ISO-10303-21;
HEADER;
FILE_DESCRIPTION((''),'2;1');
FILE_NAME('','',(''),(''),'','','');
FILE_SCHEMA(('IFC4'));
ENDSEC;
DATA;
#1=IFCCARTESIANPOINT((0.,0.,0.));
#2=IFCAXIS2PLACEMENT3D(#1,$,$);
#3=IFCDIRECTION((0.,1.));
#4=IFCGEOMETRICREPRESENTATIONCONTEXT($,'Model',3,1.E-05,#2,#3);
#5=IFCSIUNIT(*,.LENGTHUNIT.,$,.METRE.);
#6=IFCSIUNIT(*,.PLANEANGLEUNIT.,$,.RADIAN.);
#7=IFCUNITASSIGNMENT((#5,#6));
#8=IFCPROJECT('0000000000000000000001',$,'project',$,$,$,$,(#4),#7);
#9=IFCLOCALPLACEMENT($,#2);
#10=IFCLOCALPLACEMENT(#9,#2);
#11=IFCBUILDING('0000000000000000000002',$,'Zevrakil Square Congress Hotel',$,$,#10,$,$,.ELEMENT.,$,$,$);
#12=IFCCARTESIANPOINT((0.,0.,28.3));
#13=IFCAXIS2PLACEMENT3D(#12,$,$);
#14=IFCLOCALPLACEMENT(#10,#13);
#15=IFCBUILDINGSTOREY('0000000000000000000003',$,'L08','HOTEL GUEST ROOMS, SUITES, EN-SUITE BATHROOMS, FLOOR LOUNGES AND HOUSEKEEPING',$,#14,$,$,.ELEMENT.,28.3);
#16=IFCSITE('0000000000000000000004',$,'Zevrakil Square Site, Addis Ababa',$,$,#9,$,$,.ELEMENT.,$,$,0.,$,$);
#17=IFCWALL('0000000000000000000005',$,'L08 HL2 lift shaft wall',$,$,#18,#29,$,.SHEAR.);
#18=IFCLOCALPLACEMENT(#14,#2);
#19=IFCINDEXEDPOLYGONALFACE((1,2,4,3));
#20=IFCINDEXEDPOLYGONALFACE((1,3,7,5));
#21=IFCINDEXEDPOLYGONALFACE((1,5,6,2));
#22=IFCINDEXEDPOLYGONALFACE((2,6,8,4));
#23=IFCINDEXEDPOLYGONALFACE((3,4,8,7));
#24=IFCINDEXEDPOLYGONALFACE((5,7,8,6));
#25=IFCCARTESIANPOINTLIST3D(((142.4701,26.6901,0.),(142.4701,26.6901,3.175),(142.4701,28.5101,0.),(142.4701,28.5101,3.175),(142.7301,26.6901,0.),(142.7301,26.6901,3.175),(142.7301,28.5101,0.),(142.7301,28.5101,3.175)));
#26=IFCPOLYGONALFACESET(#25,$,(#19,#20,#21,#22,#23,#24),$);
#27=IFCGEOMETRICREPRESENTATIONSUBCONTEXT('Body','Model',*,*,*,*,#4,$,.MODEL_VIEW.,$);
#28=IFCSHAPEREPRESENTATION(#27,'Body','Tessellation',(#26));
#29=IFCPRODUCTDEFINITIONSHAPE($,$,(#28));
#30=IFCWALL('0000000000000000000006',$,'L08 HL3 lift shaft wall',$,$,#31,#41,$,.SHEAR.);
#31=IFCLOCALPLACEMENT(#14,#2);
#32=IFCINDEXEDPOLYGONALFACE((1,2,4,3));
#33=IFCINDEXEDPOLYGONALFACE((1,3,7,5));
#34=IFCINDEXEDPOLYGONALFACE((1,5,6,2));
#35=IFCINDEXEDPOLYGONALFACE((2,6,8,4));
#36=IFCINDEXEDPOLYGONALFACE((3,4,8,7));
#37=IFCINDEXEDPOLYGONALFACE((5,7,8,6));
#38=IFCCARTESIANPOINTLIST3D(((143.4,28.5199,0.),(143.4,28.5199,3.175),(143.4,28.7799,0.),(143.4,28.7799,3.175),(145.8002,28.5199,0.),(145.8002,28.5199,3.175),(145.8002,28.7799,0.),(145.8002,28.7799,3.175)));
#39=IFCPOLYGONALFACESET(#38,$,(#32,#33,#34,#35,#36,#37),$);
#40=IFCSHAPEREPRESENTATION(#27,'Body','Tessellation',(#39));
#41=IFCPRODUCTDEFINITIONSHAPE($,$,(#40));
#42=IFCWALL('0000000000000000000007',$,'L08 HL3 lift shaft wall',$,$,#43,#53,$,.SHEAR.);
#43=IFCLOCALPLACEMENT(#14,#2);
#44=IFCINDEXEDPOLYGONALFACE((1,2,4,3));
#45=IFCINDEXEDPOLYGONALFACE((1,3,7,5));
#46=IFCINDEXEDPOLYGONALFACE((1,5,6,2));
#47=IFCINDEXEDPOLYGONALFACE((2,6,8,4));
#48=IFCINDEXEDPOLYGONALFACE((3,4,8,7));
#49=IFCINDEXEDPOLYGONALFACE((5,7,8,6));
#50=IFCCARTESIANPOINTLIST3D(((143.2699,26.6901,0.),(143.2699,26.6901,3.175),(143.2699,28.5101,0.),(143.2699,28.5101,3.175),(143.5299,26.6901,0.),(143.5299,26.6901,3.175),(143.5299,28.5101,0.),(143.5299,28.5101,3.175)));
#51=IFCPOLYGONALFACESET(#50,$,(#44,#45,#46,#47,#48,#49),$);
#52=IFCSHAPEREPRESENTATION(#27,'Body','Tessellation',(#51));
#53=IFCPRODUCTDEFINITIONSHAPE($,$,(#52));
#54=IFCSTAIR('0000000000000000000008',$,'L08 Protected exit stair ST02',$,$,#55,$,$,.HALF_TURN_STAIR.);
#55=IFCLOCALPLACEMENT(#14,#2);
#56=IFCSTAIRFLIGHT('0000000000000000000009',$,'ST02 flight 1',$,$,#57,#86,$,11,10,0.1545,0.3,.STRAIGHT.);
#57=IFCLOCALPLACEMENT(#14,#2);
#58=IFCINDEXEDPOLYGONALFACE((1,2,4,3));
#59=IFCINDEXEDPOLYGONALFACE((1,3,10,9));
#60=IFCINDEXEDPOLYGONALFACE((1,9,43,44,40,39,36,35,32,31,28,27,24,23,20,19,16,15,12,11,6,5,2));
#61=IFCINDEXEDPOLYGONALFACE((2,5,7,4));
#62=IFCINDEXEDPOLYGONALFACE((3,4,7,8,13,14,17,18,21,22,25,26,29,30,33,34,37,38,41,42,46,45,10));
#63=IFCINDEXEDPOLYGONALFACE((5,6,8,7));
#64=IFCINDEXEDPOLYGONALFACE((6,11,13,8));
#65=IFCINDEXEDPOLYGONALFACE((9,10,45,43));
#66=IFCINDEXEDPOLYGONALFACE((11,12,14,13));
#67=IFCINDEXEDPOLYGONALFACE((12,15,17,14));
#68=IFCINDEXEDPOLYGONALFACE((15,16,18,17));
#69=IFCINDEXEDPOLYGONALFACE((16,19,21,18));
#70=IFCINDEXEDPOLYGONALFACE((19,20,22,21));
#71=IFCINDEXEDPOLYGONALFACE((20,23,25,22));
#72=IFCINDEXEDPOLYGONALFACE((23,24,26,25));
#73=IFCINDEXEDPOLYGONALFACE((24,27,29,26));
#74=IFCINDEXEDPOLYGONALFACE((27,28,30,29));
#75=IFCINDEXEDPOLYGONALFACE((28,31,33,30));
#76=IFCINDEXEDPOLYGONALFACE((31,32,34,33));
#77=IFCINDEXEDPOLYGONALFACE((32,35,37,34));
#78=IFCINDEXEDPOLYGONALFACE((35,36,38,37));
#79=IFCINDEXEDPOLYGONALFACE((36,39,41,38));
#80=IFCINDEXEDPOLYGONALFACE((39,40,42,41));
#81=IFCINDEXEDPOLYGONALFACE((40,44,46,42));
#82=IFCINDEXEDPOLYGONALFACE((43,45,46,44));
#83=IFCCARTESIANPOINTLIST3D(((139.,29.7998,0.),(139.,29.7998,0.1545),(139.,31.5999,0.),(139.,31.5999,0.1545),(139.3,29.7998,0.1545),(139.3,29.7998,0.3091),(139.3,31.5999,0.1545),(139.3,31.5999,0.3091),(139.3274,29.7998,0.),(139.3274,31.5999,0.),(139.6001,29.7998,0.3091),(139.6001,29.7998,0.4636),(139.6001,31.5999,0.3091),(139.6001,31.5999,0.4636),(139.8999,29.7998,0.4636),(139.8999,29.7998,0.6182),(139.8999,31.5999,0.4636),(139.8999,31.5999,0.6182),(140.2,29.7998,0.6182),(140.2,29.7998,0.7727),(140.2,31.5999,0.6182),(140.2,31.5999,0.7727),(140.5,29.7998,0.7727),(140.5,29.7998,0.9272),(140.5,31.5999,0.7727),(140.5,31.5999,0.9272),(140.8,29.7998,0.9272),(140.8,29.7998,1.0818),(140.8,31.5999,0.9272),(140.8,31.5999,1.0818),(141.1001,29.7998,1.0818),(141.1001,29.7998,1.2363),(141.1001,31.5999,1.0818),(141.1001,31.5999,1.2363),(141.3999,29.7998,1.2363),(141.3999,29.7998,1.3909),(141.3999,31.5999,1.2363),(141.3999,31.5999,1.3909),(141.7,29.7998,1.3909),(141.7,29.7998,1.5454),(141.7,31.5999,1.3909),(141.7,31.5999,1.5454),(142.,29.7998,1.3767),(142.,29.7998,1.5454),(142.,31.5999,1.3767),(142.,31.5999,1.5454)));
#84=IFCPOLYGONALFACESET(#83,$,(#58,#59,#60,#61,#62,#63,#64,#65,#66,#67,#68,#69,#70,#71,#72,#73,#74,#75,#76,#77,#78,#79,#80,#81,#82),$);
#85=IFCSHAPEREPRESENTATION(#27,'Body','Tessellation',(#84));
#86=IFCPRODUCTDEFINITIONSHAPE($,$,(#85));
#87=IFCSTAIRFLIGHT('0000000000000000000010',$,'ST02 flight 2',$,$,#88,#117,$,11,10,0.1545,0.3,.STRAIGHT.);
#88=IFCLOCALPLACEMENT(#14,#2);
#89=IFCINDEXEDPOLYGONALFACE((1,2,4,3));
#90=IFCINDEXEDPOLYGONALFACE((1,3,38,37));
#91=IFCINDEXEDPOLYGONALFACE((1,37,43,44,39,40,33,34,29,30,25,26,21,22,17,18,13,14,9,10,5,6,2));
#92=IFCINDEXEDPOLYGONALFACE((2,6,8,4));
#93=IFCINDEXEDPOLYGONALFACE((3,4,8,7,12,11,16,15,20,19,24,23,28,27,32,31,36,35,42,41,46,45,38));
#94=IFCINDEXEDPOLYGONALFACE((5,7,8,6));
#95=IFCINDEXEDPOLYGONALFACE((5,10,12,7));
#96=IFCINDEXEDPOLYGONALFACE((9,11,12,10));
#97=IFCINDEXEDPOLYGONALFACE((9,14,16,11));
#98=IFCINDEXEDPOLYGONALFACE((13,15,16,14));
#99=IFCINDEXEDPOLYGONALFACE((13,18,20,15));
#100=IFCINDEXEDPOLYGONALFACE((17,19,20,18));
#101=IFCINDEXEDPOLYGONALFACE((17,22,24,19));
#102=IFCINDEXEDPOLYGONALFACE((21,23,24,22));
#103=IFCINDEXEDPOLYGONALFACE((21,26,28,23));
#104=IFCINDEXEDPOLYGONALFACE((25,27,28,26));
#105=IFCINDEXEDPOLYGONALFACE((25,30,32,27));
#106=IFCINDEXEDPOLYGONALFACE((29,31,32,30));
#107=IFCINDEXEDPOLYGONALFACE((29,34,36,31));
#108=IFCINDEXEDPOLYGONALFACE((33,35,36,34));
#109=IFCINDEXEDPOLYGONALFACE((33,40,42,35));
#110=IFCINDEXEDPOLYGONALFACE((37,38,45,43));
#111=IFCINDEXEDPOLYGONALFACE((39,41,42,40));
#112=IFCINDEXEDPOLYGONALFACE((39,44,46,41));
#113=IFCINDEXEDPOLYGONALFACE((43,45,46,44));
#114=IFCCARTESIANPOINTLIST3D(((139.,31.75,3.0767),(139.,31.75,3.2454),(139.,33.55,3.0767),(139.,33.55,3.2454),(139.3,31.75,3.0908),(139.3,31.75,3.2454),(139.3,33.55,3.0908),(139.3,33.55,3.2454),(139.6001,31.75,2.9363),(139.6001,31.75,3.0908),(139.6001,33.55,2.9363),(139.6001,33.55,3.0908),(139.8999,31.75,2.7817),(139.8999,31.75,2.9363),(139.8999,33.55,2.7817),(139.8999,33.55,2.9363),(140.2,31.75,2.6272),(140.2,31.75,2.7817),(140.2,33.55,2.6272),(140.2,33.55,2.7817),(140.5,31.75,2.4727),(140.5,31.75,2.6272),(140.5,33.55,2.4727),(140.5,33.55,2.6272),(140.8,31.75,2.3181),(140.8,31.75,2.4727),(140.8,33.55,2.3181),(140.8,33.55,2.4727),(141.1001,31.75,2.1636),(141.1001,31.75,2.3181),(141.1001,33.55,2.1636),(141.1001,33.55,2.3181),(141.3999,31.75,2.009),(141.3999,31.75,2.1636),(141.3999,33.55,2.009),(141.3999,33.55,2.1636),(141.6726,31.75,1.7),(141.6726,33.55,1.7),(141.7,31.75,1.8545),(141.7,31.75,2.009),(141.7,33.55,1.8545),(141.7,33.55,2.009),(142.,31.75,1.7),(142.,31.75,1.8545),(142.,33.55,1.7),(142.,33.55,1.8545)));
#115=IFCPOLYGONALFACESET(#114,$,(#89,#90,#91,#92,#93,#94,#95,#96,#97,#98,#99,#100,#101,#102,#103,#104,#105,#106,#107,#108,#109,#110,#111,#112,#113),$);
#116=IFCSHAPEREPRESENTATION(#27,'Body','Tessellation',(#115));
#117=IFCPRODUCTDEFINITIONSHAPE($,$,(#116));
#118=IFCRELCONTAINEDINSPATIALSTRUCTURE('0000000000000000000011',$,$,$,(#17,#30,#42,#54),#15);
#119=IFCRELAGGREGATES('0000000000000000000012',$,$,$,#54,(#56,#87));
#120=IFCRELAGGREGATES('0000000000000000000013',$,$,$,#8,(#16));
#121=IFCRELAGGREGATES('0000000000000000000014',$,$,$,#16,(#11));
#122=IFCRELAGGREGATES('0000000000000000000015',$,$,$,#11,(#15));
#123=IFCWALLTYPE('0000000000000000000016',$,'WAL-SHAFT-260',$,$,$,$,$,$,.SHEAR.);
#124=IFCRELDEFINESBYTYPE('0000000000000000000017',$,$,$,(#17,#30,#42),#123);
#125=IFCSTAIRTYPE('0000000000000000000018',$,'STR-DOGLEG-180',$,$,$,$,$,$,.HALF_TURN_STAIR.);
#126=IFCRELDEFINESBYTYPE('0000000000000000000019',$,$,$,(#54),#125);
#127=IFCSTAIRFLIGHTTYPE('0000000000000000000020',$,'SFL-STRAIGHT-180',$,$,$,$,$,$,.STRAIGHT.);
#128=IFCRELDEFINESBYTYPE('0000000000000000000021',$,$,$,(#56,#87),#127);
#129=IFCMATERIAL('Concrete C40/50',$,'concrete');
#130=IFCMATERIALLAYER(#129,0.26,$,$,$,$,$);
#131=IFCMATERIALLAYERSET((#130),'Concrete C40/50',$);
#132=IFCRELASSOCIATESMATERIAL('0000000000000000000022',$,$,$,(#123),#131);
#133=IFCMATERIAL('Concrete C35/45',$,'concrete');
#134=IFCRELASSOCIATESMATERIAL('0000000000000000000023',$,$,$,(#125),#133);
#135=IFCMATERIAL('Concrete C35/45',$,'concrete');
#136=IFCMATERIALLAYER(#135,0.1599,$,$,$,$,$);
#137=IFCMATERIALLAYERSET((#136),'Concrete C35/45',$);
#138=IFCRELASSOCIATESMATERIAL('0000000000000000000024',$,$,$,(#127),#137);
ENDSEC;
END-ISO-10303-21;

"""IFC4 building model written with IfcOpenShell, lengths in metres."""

from ifc_helpers import new_model, si_unit, direction, frame, frame_2d, origin, place, context, subcontext, project, spatial, polyline, rectangle, outline, extrude, material, layer, layer_set, type_object, element, aggregate, save


model = new_model("IFC4")

# Units and contexts
model_context = context("Model", 3, precision=1e-05, world=origin(), true_north=direction((0.0, 1.0)))
body_context = subcontext(model_context, "Body", "Model", "MODEL_VIEW")
ifc_project = project(units=[si_unit("LENGTHUNIT", "METRE"), si_unit("PLANEANGLEUNIT", "RADIAN")], contexts=[model_context])

# Site, building, storey
site_placement = place(None, origin())
site = spatial("IfcSite", under=ifc_project, at=site_placement, Name="Zevrakil Square Site, Addis Ababa", CompositionType="ELEMENT", RefElevation=0.0)
building_placement = place(site_placement, origin())
building = spatial("IfcBuilding", under=site, at=building_placement, Name="Zevrakil Square Congress Hotel", CompositionType="ELEMENT")
storey_placement = place(building_placement, frame((0.0, 0.0, 28.3)))
storey = spatial("IfcBuildingStorey", under=building, at=storey_placement, Name="L08", Description="HOTEL GUEST ROOMS, SUITES, EN-SUITE BATHROOMS, FLOOR LOUNGES AND HOUSEKEEPING", CompositionType="ELEMENT", Elevation=28.3)

# Shared definitions
ifc_material_1 = material(Name="Concrete C40/50", Category="concrete")
ifc_layer_1 = layer(ifc_material_1, 0.26)
ifc_layer_set_1 = layer_set([ifc_layer_1], Name="Concrete C40/50")
wall_type_1 = type_object("IfcWallType", Name="WAL-SHAFT-260", PredefinedType="SHEAR", material=ifc_layer_set_1)

# Walls
for number, where, z_axis, x_axis, name in (
    (1, (142.6001, 26.6899, 0.0), (0.0, 0.0, 1.0), (0.0, 1.0, 0.0), "L08 HL2 lift shaft wall"),
):
    element("IfcWall", number, at=place(storey_placement, frame(where, z_axis=z_axis, x_axis=x_axis)), inside=storey, type_object=wall_type_1, Name=name, PredefinedType="SHEAR", context=body_context, shape_type="SweptSolid", body=[
        extrude(rectangle(XDim=1.8201, YDim=0.26, at=frame_2d((0.9102, 0.0))), origin(), (0.0, 0.0, 1.0), 3.175),
    ])
wall_1_placement = place(storey_placement, frame((143.3999, 28.6499, 0.0), z_axis=(0.0, 0.0, 1.0), x_axis=(1.0, 0.0, 0.0)))
element("IfcWall", 2, at=wall_1_placement, inside=storey, type_object=wall_type_1, Name="L08 HL3 lift shaft wall", PredefinedType="SHEAR", context=body_context, shape_type="SweptSolid", body=[
    extrude(rectangle(XDim=2.4001, YDim=0.26, at=frame_2d((1.2002, 0.0))), origin(), (0.0, 0.0, 1.0), 3.175),
])
wall_2_placement = place(storey_placement, frame((143.3999, 26.6899, 0.0), z_axis=(0.0, 0.0, 1.0), x_axis=(0.0, 1.0, 0.0)))
element("IfcWall", 3, at=wall_2_placement, inside=storey, type_object=wall_type_1, Name="L08 HL3 lift shaft wall", PredefinedType="SHEAR", context=body_context, shape_type="SweptSolid", body=[
    extrude(rectangle(XDim=1.8201, YDim=0.26, at=frame_2d((0.9102, 0.0))), origin(), (0.0, 0.0, 1.0), 3.175),
])

# Stair, stair flights
ifc_material_2 = material(Name="Concrete C35/45", Category="concrete")
stair_type = type_object("IfcStairType", Name="STR-DOGLEG-180", PredefinedType="HALF_TURN_STAIR", material=ifc_material_2)
stair_placement = place(storey_placement, origin())
stair = element("IfcStair", 4, at=stair_placement, inside=storey, type_object=stair_type, Name="L08 Protected exit stair ST02", PredefinedType="HALF_TURN_STAIR")
ifc_material_3 = material(Name="Concrete C35/45", Category="concrete")
ifc_layer_2 = layer(ifc_material_3, 0.1599)
ifc_layer_set_2 = layer_set([ifc_layer_2], Name="Concrete C35/45")
stair_flight_type = type_object("IfcStairFlightType", Name="SFL-STRAIGHT-180", PredefinedType="STRAIGHT", material=ifc_layer_set_2)
stair_flight_1_placement = place(storey_placement, frame((139.0, 30.7, 0.0), z_axis=(0.0, 0.0, 1.0), x_axis=(1.0, 0.0, 0.0)))
stair_flight_1 = element("IfcStairFlight", 5, at=stair_flight_1_placement, type_object=stair_flight_type, Name="ST02 flight 1", NumberOfRisers=11, NumberOfTreads=10, PredefinedType="STRAIGHT", RiserHeight=0.1545, TreadLength=0.3, context=body_context, shape_type="SweptSolid", body=[
    extrude(outline(polyline([(0.0, 0.0), (0.0, 0.1545), (0.3, 0.1545), (0.3, 0.3091), (0.6001, 0.3091), (0.6001, 0.4636), (0.8999, 0.4636), (0.8999, 0.6182), (1.2, 0.6182), (1.2, 0.7727), (1.5, 0.7727), (1.5, 0.9272), (1.8, 0.9272), (1.8, 1.0818), (2.1001, 1.0818), (2.1001, 1.2363), (2.3999, 1.2363), (2.3999, 1.3909), (2.7, 1.3909), (2.7, 1.5454), (3.0, 1.5454), (3.0, 1.7), (3.0, 1.3767), (0.3274, 0.0), (0.0, 0.0)])), frame((0.0, 0.8999, 0.0), z_axis=(0.0, -1.0, 0.0), x_axis=(1.0, 0.0, 0.0)), (0.0, 0.0, 1.0), 1.8),
])
stair_flight_2_placement = place(storey_placement, frame((142.0, 32.6499, 1.7), z_axis=(0.0, 0.0, 1.0), x_axis=(-1.0, 0.0, 0.0)))
stair_flight_2 = element("IfcStairFlight", 6, at=stair_flight_2_placement, type_object=stair_flight_type, Name="ST02 flight 2", NumberOfRisers=11, NumberOfTreads=10, PredefinedType="STRAIGHT", RiserHeight=0.1545, TreadLength=0.3, context=body_context, shape_type="SweptSolid", body=[
    extrude(outline(polyline([(0.0, 0.0), (0.0, 0.1545), (0.3, 0.1545), (0.3, 0.3091), (0.6001, 0.3091), (0.6001, 0.4636), (0.8999, 0.4636), (0.8999, 0.6182), (1.2, 0.6182), (1.2, 0.7727), (1.5, 0.7727), (1.5, 0.9272), (1.8, 0.9272), (1.8, 1.0818), (2.1001, 1.0818), (2.1001, 1.2363), (2.3999, 1.2363), (2.3999, 1.3909), (2.7, 1.3909), (2.7, 1.5454), (3.0, 1.5454), (3.0, 1.7), (3.0, 1.3767), (0.3274, 0.0), (0.0, 0.0)])), frame((0.0, 0.8999, 0.0), z_axis=(0.0, -1.0, 0.0), x_axis=(1.0, 0.0, 0.0)), (0.0, 0.0, 1.0), 1.8),
])
aggregate(stair, [stair_flight_1, stair_flight_2])

save(model, "model.ifc")
